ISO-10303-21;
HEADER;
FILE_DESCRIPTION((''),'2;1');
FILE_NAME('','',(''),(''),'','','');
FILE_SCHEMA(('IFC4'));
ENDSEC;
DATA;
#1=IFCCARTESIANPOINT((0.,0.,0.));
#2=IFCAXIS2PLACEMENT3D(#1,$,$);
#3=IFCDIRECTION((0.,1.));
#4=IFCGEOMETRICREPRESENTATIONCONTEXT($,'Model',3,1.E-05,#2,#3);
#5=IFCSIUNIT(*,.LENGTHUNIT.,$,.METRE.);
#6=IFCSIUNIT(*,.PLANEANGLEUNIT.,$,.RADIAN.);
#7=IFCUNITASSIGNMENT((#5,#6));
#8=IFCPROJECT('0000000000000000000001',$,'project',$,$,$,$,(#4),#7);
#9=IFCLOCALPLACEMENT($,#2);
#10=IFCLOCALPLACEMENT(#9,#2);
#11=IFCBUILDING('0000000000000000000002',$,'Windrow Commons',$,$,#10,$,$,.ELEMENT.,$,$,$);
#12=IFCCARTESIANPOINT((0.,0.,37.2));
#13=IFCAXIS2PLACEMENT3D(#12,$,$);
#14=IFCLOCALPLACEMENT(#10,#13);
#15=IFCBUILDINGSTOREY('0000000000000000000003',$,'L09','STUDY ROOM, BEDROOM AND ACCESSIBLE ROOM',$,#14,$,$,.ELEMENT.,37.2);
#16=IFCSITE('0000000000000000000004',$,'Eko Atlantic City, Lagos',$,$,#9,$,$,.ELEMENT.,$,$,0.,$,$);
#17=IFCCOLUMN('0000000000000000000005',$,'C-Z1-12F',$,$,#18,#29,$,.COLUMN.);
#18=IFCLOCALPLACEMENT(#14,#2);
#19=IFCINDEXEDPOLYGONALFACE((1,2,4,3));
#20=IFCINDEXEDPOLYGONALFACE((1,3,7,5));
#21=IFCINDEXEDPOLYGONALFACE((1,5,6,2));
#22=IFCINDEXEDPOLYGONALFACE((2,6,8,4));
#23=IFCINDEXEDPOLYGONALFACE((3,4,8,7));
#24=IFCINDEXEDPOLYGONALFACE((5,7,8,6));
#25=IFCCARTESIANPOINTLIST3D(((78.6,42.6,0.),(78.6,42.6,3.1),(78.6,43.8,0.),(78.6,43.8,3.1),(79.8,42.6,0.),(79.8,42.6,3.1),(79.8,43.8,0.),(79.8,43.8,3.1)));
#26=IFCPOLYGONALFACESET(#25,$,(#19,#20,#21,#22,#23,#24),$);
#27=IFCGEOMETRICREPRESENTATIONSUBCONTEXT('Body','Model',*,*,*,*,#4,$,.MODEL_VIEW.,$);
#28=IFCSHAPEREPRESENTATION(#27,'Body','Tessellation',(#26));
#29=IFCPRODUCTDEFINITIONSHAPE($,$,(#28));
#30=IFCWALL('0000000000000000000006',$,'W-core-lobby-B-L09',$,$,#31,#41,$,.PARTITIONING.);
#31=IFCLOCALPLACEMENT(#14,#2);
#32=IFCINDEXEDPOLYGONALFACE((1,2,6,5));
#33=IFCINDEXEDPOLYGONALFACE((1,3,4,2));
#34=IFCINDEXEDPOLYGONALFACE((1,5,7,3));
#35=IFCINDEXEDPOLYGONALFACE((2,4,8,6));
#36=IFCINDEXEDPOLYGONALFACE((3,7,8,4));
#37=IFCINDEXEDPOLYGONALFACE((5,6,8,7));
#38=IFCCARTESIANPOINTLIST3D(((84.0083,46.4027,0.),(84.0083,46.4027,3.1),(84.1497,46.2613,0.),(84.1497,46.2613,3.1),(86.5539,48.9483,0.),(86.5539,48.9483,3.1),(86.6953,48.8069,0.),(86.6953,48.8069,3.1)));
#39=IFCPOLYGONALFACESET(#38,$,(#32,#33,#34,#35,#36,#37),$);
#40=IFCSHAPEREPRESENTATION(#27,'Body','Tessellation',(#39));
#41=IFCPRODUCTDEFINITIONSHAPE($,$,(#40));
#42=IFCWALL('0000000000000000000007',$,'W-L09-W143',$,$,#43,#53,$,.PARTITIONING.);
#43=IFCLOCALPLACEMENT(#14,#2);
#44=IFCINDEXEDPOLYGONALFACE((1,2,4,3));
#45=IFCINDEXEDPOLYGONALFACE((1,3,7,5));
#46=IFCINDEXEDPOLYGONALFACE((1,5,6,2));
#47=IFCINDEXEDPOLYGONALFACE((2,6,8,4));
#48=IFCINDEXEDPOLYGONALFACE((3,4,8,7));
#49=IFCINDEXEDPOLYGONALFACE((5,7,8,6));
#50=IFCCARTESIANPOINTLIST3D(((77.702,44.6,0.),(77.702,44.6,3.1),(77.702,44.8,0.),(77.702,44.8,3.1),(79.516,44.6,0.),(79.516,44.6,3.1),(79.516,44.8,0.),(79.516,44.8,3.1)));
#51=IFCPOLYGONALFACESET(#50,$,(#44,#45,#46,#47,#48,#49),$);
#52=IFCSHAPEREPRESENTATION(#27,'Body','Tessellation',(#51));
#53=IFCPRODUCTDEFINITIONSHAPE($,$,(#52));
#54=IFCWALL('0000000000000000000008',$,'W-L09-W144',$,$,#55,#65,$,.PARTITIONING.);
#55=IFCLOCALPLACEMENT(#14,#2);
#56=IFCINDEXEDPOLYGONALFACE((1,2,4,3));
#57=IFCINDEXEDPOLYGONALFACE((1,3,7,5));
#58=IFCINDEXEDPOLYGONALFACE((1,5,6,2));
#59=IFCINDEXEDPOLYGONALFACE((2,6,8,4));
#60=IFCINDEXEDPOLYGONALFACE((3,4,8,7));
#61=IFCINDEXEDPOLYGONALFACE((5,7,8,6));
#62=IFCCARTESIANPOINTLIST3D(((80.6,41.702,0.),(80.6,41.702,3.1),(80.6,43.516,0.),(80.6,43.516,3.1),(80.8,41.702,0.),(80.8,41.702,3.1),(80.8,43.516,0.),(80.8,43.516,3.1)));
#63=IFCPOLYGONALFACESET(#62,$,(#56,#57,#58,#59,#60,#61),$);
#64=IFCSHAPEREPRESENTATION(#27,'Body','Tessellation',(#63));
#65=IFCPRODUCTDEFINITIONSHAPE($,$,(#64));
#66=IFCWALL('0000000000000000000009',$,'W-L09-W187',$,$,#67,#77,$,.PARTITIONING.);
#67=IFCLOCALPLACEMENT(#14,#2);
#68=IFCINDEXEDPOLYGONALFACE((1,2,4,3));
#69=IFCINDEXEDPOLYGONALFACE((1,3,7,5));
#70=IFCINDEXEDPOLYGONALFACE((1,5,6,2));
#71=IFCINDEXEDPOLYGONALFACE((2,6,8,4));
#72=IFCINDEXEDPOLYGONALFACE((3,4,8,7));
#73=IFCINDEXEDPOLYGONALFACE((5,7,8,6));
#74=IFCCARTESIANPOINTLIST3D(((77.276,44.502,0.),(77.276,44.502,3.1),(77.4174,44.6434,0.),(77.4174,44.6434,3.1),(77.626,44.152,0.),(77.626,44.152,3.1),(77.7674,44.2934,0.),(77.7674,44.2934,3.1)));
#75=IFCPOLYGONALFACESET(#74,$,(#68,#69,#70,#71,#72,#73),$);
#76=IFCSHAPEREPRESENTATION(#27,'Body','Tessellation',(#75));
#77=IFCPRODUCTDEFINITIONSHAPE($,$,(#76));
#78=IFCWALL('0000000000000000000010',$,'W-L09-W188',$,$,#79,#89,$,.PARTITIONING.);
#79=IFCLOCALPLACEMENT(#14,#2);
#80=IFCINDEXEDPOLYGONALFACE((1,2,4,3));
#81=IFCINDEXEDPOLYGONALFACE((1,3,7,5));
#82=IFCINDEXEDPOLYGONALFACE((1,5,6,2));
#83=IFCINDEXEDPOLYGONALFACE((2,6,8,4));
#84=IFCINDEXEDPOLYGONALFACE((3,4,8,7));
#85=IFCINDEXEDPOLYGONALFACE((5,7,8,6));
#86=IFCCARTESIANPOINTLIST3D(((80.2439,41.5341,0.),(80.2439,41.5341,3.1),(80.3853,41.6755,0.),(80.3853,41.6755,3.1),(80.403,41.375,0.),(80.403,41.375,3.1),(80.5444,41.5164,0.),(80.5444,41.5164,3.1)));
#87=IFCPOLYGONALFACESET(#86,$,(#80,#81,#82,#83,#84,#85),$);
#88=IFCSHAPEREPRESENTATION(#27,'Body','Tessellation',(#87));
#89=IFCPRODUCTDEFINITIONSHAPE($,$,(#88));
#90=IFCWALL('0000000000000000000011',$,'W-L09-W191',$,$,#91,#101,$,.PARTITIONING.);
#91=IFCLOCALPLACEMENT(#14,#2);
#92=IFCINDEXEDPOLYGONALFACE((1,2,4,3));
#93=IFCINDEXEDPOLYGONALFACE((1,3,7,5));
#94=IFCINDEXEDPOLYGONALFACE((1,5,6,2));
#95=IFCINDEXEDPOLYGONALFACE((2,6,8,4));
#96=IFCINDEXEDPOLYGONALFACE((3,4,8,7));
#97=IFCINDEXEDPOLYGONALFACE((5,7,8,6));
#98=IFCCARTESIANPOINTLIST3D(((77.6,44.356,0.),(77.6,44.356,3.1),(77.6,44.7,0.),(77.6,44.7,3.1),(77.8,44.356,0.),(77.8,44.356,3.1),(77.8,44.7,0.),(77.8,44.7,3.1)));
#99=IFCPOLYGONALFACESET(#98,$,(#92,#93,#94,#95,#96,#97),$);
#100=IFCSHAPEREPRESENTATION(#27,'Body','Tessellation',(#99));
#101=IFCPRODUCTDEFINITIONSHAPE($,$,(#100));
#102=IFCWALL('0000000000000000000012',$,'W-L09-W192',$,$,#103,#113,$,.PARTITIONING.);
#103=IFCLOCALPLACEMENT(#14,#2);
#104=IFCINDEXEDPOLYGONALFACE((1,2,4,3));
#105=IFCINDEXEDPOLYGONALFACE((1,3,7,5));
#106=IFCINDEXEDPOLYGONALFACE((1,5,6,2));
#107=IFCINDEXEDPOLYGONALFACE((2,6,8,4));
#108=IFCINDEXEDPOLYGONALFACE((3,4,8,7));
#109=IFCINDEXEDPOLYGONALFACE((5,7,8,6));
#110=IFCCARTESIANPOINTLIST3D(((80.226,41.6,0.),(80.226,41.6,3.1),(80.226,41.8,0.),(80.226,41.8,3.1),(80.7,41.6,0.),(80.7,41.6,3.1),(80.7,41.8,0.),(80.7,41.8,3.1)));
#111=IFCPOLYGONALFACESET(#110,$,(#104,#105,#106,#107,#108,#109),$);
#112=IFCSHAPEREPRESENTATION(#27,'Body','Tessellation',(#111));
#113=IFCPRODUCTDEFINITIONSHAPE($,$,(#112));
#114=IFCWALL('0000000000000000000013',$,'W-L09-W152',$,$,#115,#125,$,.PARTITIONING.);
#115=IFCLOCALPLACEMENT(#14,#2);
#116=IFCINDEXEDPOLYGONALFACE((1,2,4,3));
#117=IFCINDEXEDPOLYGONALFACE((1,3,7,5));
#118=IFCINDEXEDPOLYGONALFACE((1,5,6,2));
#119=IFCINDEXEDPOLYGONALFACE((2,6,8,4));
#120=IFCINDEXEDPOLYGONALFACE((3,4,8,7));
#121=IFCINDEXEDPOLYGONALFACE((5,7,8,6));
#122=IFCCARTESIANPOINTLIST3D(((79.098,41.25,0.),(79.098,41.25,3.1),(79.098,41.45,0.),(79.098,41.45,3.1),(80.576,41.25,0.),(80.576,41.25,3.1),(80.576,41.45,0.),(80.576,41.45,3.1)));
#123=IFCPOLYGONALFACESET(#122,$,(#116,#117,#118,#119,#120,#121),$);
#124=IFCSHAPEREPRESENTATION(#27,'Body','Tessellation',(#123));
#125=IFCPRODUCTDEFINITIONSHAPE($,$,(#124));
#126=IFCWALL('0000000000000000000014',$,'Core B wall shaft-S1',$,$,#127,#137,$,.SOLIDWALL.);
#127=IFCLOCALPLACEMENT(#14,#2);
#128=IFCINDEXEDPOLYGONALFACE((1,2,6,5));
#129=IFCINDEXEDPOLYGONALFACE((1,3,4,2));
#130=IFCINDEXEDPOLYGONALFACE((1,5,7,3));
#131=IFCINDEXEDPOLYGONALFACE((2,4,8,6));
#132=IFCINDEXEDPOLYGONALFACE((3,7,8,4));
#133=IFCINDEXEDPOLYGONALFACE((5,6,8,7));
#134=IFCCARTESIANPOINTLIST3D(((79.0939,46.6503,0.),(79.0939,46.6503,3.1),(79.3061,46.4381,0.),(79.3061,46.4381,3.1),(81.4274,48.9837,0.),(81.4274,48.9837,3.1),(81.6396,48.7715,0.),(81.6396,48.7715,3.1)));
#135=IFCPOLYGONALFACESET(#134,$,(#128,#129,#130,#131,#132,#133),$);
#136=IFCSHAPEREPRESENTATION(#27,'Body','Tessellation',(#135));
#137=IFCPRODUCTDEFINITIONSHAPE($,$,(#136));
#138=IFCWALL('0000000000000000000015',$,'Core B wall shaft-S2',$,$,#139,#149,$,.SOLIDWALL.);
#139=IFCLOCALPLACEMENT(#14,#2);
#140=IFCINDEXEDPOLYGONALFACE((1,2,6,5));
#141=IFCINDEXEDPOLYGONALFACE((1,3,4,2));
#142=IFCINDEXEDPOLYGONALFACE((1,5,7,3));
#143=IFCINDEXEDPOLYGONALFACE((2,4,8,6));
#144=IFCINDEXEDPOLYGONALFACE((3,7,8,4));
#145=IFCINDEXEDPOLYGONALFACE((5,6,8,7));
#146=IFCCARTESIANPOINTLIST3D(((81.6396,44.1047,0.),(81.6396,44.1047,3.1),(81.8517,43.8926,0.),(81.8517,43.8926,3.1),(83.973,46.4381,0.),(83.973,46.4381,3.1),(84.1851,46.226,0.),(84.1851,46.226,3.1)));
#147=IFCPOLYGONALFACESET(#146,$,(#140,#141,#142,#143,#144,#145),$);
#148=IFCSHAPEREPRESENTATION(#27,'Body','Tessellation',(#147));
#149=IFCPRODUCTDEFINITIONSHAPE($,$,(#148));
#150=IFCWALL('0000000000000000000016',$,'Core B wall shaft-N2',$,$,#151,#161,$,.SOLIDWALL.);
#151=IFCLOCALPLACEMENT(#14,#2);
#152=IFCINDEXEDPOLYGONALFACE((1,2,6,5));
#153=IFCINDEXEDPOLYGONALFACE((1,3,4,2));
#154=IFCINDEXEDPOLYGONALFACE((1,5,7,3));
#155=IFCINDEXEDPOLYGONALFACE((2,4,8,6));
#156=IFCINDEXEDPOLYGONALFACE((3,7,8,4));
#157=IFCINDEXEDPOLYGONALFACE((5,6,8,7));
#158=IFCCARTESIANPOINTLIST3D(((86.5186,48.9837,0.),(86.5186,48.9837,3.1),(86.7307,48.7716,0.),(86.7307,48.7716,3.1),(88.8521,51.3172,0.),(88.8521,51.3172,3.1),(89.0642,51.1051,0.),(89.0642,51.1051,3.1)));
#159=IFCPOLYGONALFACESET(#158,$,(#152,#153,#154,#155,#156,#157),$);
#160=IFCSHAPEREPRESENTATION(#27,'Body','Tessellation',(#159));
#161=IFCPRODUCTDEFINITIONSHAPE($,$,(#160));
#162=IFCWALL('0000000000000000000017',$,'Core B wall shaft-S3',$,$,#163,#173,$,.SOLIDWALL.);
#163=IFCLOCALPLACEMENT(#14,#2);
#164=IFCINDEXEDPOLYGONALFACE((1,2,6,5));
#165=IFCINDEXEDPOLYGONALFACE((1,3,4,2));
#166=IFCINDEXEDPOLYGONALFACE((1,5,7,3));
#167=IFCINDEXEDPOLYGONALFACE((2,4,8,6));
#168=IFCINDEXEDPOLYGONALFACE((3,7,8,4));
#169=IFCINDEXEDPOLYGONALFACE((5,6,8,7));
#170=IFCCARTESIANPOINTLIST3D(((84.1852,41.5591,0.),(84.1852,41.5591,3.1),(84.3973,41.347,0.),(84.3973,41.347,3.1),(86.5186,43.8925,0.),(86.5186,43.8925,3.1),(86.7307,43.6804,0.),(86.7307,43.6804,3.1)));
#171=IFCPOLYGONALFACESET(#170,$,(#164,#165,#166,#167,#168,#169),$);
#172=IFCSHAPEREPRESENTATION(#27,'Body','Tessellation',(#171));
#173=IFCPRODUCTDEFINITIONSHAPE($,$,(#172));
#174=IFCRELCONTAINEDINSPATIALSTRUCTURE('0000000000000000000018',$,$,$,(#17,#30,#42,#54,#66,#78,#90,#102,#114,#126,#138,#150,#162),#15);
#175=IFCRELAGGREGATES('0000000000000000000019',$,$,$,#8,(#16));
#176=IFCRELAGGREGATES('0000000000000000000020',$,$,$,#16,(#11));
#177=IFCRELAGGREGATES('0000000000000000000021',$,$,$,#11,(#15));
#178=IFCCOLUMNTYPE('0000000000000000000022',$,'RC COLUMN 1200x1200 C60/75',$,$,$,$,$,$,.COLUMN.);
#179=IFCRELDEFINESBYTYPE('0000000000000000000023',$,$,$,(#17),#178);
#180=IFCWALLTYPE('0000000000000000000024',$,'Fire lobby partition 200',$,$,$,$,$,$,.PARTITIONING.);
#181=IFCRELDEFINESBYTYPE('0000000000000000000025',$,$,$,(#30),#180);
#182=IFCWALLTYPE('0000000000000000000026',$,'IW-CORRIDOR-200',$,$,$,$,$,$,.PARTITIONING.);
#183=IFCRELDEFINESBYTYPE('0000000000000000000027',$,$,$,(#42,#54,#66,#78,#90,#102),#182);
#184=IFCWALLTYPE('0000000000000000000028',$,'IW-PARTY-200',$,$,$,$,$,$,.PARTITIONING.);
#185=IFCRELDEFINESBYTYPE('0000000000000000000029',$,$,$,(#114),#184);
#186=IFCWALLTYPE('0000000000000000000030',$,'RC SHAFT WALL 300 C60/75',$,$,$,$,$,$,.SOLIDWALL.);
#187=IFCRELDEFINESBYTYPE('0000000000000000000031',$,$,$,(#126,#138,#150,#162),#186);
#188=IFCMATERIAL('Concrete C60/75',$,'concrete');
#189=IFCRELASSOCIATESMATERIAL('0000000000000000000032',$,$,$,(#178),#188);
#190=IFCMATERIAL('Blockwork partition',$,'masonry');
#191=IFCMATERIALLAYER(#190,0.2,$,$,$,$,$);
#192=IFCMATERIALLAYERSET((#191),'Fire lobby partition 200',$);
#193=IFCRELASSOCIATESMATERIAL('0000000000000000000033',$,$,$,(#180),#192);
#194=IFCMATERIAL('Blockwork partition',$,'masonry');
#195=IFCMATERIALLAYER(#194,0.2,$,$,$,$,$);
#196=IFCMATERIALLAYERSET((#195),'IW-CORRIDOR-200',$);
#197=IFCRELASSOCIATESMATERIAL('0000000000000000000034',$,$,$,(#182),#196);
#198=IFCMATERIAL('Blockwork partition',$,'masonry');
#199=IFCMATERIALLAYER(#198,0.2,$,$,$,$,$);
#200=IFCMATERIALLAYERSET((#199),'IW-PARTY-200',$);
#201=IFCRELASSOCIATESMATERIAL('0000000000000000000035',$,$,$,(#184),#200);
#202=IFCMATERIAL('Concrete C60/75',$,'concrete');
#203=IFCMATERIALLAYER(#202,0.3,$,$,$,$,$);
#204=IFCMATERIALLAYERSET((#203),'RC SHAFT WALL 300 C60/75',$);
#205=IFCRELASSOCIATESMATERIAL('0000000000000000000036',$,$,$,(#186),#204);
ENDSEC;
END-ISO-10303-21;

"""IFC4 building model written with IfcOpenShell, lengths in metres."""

from ifc_helpers import new_model, si_unit, direction, frame, frame_2d, origin, origin_2d, place, context, subcontext, project, spatial, rectangle, extrude, material, layer, layer_set, material_profile, profile_set, type_object, element, save


model = new_model("IFC4")

# Units and contexts
model_context = context("Model", 3, precision=1e-05, world=origin(), true_north=direction((0.0, 1.0)))
body_context = subcontext(model_context, "Body", "Model", "MODEL_VIEW")
ifc_project = project(units=[si_unit("LENGTHUNIT", "METRE"), si_unit("PLANEANGLEUNIT", "RADIAN")], contexts=[model_context])

# Site, building, storey
site_placement = place(None, origin())
site = spatial("IfcSite", under=ifc_project, at=site_placement, Name="Eko Atlantic City, Lagos", CompositionType="ELEMENT", RefElevation=0.0)
building_placement = place(site_placement, origin())
building = spatial("IfcBuilding", under=site, at=building_placement, Name="Windrow Commons", CompositionType="ELEMENT")
storey_placement = place(building_placement, frame((0.0, 0.0, 37.2)))
storey = spatial("IfcBuildingStorey", under=building, at=storey_placement, Name="L09", Description="STUDY ROOM, BEDROOM AND ACCESSIBLE ROOM", CompositionType="ELEMENT", Elevation=37.2)

# Column
ifc_material_1 = material(Name="Concrete C60/75", Category="concrete")
ifc_material_profile = material_profile(ifc_material_1, rectangle(XDim=1.2, YDim=1.2, at=origin_2d()))
ifc_profile_set = profile_set([ifc_material_profile], Name="Concrete C60/75")
column_type = type_object("IfcColumnType", Name="RC COLUMN 1200x1200 C60/75", PredefinedType="COLUMN", material=ifc_profile_set)
column_placement = place(storey_placement, frame((79.2, 43.2, 0.0), z_axis=(0.0, 0.0, 1.0), x_axis=(1.0, 0.0, 0.0)))
element("IfcColumn", 1, at=column_placement, inside=storey, type_object=column_type, Name="C-Z1-12F", PredefinedType="COLUMN", context=body_context, shape_type="SweptSolid", body=[
    extrude(rectangle(XDim=1.2, YDim=1.2, at=origin_2d()), origin(), (0.0, 0.0, 1.0), 3.1),
])

# Walls
ifc_material_2 = material(Name="Blockwork partition", Category="masonry")
ifc_layer_1 = layer(ifc_material_2, 0.2)
ifc_layer_set_1 = layer_set([ifc_layer_1], Name="Fire lobby partition 200")
wall_type_1 = type_object("IfcWallType", Name="Fire lobby partition 200", PredefinedType="PARTITIONING", material=ifc_layer_set_1)
wall_1_placement = place(storey_placement, frame((84.079, 46.332, 0.0), z_axis=(0.0, 0.0, 1.0), x_axis=(0.707107, 0.707107, 0.0)))
element("IfcWall", 2, at=wall_1_placement, inside=storey, type_object=wall_type_1, Name="W-core-lobby-B-L09", PredefinedType="PARTITIONING", context=body_context, shape_type="SweptSolid", body=[
    extrude(rectangle(XDim=3.6, YDim=0.2, at=frame_2d((1.8, 0.0))), origin(), (0.0, 0.0, 1.0), 3.1),
])
ifc_material_3 = material(Name="Blockwork partition", Category="masonry")
ifc_layer_2 = layer(ifc_material_3, 0.2)
ifc_layer_set_2 = layer_set([ifc_layer_2], Name="IW-CORRIDOR-200")
wall_type_2 = type_object("IfcWallType", Name="IW-CORRIDOR-200", PredefinedType="PARTITIONING", material=ifc_layer_set_2)
for number, where, z_axis, x_axis, name in (
    (3, (77.702, 44.7, 0.0), (0.0, 0.0, 1.0), (1.0, 0.0, 0.0), "W-L09-W143"),
    (4, (80.7, 41.702, 0.0), (0.0, 0.0, 1.0), (0.0, 1.0, 0.0), "W-L09-W144"),
):
    element("IfcWall", number, at=place(storey_placement, frame(where, z_axis=z_axis, x_axis=x_axis)), inside=storey, type_object=wall_type_2, Name=name, PredefinedType="PARTITIONING", context=body_context, shape_type="SweptSolid", body=[
        extrude(rectangle(XDim=1.814, YDim=0.2, at=frame_2d((0.907, 0.0))), origin(), (0.0, 0.0, 1.0), 3.1),
    ])
wall_2_placement = place(storey_placement, frame((77.3467, 44.5727, 0.0), z_axis=(0.0, 0.0, 1.0), x_axis=(0.707107, -0.707107, 0.0)))
element("IfcWall", 5, at=wall_2_placement, inside=storey, type_object=wall_type_2, Name="W-L09-W187", PredefinedType="PARTITIONING", context=body_context, shape_type="SweptSolid", body=[
    extrude(rectangle(XDim=0.495, YDim=0.2, at=frame_2d((0.2475, 0.0))), origin(), (0.0, 0.0, 1.0), 3.1),
])
wall_3_placement = place(storey_placement, frame((80.3146, 41.6048, 0.0), z_axis=(0.0, 0.0, 1.0), x_axis=(0.707107, -0.707107, 0.0)))
element("IfcWall", 6, at=wall_3_placement, inside=storey, type_object=wall_type_2, Name="W-L09-W188", PredefinedType="PARTITIONING", context=body_context, shape_type="SweptSolid", body=[
    extrude(rectangle(XDim=0.225, YDim=0.2, at=frame_2d((0.1125, 0.0))), origin(), (0.0, 0.0, 1.0), 3.1),
])
wall_4_placement = place(storey_placement, frame((77.7, 44.356, 0.0), z_axis=(0.0, 0.0, 1.0), x_axis=(0.0, 1.0, 0.0)))
element("IfcWall", 7, at=wall_4_placement, inside=storey, type_object=wall_type_2, Name="W-L09-W191", PredefinedType="PARTITIONING", context=body_context, shape_type="SweptSolid", body=[
    extrude(rectangle(XDim=0.344, YDim=0.2, at=frame_2d((0.172, 0.0))), origin(), (0.0, 0.0, 1.0), 3.1),
])
wall_5_placement = place(storey_placement, frame((80.226, 41.7, 0.0), z_axis=(0.0, 0.0, 1.0), x_axis=(1.0, 0.0, 0.0)))
element("IfcWall", 8, at=wall_5_placement, inside=storey, type_object=wall_type_2, Name="W-L09-W192", PredefinedType="PARTITIONING", context=body_context, shape_type="SweptSolid", body=[
    extrude(rectangle(XDim=0.474, YDim=0.2, at=frame_2d((0.237, 0.0))), origin(), (0.0, 0.0, 1.0), 3.1),
])
ifc_material_4 = material(Name="Blockwork partition", Category="masonry")
ifc_layer_3 = layer(ifc_material_4, 0.2)
ifc_layer_set_3 = layer_set([ifc_layer_3], Name="IW-PARTY-200")
wall_type_3 = type_object("IfcWallType", Name="IW-PARTY-200", PredefinedType="PARTITIONING", material=ifc_layer_set_3)
wall_6_placement = place(storey_placement, frame((79.098, 41.35, 0.0), z_axis=(0.0, 0.0, 1.0), x_axis=(1.0, 0.0, 0.0)))
element("IfcWall", 9, at=wall_6_placement, inside=storey, type_object=wall_type_3, Name="W-L09-W152", PredefinedType="PARTITIONING", context=body_context, shape_type="SweptSolid", body=[
    extrude(rectangle(XDim=1.478, YDim=0.2, at=frame_2d((0.739, 0.0))), origin(), (0.0, 0.0, 1.0), 3.1),
])
ifc_material_5 = material(Name="Concrete C60/75", Category="concrete")
ifc_layer_4 = layer(ifc_material_5, 0.3)
ifc_layer_set_4 = layer_set([ifc_layer_4], Name="RC SHAFT WALL 300 C60/75")
wall_type_4 = type_object("IfcWallType", Name="RC SHAFT WALL 300 C60/75", PredefinedType="SOLIDWALL", material=ifc_layer_set_4)
wall_7_placement = place(storey_placement, frame((79.2, 46.5442, 0.0), z_axis=(0.0, 0.0, 1.0), x_axis=(0.707122, 0.707092, 0.0)))
element("IfcWall", 10, at=wall_7_placement, inside=storey, type_object=wall_type_4, Name="Core B wall shaft-S1", PredefinedType="SOLIDWALL", context=body_context, shape_type="SweptSolid", body=[
    extrude(rectangle(XDim=3.3, YDim=0.3, at=frame_2d((1.65, 0.0))), origin(), (0.0, 0.0, 1.0), 3.1),
])
wall_8_placement = place(storey_placement, frame((81.7456, 43.9986, 0.0), z_axis=(0.0, 0.0, 1.0), x_axis=(0.707107, 0.707107, 0.0)))
element("IfcWall", 11, at=wall_8_placement, inside=storey, type_object=wall_type_4, Name="Core B wall shaft-S2", PredefinedType="SOLIDWALL", context=body_context, shape_type="SweptSolid", body=[
    extrude(rectangle(XDim=3.2999, YDim=0.3, at=frame_2d((1.65, 0.0))), origin(), (0.0, 0.0, 1.0), 3.1),
])
wall_9_placement = place(storey_placement, frame((86.6246, 48.8776, 0.0), z_axis=(0.0, 0.0, 1.0), x_axis=(0.707107, 0.707107, 0.0)))
element("IfcWall", 12, at=wall_9_placement, inside=storey, type_object=wall_type_4, Name="Core B wall shaft-N2", PredefinedType="SOLIDWALL", context=body_context, shape_type="SweptSolid", body=[
    extrude(rectangle(XDim=3.3001, YDim=0.3, at=frame_2d((1.6501, 0.0))), origin(), (0.0, 0.0, 1.0), 3.1),
])
wall_10_placement = place(storey_placement, frame((84.2912, 41.453, 0.0), z_axis=(0.0, 0.0, 1.0), x_axis=(0.707107, 0.707107, 0.0)))
element("IfcWall", 13, at=wall_10_placement, inside=storey, type_object=wall_type_4, Name="Core B wall shaft-S3", PredefinedType="SOLIDWALL", context=body_context, shape_type="SweptSolid", body=[
    extrude(rectangle(XDim=3.2999, YDim=0.3, at=frame_2d((1.65, 0.0))), origin(), (0.0, 0.0, 1.0), 3.1),
])

save(model, "model.ifc")
